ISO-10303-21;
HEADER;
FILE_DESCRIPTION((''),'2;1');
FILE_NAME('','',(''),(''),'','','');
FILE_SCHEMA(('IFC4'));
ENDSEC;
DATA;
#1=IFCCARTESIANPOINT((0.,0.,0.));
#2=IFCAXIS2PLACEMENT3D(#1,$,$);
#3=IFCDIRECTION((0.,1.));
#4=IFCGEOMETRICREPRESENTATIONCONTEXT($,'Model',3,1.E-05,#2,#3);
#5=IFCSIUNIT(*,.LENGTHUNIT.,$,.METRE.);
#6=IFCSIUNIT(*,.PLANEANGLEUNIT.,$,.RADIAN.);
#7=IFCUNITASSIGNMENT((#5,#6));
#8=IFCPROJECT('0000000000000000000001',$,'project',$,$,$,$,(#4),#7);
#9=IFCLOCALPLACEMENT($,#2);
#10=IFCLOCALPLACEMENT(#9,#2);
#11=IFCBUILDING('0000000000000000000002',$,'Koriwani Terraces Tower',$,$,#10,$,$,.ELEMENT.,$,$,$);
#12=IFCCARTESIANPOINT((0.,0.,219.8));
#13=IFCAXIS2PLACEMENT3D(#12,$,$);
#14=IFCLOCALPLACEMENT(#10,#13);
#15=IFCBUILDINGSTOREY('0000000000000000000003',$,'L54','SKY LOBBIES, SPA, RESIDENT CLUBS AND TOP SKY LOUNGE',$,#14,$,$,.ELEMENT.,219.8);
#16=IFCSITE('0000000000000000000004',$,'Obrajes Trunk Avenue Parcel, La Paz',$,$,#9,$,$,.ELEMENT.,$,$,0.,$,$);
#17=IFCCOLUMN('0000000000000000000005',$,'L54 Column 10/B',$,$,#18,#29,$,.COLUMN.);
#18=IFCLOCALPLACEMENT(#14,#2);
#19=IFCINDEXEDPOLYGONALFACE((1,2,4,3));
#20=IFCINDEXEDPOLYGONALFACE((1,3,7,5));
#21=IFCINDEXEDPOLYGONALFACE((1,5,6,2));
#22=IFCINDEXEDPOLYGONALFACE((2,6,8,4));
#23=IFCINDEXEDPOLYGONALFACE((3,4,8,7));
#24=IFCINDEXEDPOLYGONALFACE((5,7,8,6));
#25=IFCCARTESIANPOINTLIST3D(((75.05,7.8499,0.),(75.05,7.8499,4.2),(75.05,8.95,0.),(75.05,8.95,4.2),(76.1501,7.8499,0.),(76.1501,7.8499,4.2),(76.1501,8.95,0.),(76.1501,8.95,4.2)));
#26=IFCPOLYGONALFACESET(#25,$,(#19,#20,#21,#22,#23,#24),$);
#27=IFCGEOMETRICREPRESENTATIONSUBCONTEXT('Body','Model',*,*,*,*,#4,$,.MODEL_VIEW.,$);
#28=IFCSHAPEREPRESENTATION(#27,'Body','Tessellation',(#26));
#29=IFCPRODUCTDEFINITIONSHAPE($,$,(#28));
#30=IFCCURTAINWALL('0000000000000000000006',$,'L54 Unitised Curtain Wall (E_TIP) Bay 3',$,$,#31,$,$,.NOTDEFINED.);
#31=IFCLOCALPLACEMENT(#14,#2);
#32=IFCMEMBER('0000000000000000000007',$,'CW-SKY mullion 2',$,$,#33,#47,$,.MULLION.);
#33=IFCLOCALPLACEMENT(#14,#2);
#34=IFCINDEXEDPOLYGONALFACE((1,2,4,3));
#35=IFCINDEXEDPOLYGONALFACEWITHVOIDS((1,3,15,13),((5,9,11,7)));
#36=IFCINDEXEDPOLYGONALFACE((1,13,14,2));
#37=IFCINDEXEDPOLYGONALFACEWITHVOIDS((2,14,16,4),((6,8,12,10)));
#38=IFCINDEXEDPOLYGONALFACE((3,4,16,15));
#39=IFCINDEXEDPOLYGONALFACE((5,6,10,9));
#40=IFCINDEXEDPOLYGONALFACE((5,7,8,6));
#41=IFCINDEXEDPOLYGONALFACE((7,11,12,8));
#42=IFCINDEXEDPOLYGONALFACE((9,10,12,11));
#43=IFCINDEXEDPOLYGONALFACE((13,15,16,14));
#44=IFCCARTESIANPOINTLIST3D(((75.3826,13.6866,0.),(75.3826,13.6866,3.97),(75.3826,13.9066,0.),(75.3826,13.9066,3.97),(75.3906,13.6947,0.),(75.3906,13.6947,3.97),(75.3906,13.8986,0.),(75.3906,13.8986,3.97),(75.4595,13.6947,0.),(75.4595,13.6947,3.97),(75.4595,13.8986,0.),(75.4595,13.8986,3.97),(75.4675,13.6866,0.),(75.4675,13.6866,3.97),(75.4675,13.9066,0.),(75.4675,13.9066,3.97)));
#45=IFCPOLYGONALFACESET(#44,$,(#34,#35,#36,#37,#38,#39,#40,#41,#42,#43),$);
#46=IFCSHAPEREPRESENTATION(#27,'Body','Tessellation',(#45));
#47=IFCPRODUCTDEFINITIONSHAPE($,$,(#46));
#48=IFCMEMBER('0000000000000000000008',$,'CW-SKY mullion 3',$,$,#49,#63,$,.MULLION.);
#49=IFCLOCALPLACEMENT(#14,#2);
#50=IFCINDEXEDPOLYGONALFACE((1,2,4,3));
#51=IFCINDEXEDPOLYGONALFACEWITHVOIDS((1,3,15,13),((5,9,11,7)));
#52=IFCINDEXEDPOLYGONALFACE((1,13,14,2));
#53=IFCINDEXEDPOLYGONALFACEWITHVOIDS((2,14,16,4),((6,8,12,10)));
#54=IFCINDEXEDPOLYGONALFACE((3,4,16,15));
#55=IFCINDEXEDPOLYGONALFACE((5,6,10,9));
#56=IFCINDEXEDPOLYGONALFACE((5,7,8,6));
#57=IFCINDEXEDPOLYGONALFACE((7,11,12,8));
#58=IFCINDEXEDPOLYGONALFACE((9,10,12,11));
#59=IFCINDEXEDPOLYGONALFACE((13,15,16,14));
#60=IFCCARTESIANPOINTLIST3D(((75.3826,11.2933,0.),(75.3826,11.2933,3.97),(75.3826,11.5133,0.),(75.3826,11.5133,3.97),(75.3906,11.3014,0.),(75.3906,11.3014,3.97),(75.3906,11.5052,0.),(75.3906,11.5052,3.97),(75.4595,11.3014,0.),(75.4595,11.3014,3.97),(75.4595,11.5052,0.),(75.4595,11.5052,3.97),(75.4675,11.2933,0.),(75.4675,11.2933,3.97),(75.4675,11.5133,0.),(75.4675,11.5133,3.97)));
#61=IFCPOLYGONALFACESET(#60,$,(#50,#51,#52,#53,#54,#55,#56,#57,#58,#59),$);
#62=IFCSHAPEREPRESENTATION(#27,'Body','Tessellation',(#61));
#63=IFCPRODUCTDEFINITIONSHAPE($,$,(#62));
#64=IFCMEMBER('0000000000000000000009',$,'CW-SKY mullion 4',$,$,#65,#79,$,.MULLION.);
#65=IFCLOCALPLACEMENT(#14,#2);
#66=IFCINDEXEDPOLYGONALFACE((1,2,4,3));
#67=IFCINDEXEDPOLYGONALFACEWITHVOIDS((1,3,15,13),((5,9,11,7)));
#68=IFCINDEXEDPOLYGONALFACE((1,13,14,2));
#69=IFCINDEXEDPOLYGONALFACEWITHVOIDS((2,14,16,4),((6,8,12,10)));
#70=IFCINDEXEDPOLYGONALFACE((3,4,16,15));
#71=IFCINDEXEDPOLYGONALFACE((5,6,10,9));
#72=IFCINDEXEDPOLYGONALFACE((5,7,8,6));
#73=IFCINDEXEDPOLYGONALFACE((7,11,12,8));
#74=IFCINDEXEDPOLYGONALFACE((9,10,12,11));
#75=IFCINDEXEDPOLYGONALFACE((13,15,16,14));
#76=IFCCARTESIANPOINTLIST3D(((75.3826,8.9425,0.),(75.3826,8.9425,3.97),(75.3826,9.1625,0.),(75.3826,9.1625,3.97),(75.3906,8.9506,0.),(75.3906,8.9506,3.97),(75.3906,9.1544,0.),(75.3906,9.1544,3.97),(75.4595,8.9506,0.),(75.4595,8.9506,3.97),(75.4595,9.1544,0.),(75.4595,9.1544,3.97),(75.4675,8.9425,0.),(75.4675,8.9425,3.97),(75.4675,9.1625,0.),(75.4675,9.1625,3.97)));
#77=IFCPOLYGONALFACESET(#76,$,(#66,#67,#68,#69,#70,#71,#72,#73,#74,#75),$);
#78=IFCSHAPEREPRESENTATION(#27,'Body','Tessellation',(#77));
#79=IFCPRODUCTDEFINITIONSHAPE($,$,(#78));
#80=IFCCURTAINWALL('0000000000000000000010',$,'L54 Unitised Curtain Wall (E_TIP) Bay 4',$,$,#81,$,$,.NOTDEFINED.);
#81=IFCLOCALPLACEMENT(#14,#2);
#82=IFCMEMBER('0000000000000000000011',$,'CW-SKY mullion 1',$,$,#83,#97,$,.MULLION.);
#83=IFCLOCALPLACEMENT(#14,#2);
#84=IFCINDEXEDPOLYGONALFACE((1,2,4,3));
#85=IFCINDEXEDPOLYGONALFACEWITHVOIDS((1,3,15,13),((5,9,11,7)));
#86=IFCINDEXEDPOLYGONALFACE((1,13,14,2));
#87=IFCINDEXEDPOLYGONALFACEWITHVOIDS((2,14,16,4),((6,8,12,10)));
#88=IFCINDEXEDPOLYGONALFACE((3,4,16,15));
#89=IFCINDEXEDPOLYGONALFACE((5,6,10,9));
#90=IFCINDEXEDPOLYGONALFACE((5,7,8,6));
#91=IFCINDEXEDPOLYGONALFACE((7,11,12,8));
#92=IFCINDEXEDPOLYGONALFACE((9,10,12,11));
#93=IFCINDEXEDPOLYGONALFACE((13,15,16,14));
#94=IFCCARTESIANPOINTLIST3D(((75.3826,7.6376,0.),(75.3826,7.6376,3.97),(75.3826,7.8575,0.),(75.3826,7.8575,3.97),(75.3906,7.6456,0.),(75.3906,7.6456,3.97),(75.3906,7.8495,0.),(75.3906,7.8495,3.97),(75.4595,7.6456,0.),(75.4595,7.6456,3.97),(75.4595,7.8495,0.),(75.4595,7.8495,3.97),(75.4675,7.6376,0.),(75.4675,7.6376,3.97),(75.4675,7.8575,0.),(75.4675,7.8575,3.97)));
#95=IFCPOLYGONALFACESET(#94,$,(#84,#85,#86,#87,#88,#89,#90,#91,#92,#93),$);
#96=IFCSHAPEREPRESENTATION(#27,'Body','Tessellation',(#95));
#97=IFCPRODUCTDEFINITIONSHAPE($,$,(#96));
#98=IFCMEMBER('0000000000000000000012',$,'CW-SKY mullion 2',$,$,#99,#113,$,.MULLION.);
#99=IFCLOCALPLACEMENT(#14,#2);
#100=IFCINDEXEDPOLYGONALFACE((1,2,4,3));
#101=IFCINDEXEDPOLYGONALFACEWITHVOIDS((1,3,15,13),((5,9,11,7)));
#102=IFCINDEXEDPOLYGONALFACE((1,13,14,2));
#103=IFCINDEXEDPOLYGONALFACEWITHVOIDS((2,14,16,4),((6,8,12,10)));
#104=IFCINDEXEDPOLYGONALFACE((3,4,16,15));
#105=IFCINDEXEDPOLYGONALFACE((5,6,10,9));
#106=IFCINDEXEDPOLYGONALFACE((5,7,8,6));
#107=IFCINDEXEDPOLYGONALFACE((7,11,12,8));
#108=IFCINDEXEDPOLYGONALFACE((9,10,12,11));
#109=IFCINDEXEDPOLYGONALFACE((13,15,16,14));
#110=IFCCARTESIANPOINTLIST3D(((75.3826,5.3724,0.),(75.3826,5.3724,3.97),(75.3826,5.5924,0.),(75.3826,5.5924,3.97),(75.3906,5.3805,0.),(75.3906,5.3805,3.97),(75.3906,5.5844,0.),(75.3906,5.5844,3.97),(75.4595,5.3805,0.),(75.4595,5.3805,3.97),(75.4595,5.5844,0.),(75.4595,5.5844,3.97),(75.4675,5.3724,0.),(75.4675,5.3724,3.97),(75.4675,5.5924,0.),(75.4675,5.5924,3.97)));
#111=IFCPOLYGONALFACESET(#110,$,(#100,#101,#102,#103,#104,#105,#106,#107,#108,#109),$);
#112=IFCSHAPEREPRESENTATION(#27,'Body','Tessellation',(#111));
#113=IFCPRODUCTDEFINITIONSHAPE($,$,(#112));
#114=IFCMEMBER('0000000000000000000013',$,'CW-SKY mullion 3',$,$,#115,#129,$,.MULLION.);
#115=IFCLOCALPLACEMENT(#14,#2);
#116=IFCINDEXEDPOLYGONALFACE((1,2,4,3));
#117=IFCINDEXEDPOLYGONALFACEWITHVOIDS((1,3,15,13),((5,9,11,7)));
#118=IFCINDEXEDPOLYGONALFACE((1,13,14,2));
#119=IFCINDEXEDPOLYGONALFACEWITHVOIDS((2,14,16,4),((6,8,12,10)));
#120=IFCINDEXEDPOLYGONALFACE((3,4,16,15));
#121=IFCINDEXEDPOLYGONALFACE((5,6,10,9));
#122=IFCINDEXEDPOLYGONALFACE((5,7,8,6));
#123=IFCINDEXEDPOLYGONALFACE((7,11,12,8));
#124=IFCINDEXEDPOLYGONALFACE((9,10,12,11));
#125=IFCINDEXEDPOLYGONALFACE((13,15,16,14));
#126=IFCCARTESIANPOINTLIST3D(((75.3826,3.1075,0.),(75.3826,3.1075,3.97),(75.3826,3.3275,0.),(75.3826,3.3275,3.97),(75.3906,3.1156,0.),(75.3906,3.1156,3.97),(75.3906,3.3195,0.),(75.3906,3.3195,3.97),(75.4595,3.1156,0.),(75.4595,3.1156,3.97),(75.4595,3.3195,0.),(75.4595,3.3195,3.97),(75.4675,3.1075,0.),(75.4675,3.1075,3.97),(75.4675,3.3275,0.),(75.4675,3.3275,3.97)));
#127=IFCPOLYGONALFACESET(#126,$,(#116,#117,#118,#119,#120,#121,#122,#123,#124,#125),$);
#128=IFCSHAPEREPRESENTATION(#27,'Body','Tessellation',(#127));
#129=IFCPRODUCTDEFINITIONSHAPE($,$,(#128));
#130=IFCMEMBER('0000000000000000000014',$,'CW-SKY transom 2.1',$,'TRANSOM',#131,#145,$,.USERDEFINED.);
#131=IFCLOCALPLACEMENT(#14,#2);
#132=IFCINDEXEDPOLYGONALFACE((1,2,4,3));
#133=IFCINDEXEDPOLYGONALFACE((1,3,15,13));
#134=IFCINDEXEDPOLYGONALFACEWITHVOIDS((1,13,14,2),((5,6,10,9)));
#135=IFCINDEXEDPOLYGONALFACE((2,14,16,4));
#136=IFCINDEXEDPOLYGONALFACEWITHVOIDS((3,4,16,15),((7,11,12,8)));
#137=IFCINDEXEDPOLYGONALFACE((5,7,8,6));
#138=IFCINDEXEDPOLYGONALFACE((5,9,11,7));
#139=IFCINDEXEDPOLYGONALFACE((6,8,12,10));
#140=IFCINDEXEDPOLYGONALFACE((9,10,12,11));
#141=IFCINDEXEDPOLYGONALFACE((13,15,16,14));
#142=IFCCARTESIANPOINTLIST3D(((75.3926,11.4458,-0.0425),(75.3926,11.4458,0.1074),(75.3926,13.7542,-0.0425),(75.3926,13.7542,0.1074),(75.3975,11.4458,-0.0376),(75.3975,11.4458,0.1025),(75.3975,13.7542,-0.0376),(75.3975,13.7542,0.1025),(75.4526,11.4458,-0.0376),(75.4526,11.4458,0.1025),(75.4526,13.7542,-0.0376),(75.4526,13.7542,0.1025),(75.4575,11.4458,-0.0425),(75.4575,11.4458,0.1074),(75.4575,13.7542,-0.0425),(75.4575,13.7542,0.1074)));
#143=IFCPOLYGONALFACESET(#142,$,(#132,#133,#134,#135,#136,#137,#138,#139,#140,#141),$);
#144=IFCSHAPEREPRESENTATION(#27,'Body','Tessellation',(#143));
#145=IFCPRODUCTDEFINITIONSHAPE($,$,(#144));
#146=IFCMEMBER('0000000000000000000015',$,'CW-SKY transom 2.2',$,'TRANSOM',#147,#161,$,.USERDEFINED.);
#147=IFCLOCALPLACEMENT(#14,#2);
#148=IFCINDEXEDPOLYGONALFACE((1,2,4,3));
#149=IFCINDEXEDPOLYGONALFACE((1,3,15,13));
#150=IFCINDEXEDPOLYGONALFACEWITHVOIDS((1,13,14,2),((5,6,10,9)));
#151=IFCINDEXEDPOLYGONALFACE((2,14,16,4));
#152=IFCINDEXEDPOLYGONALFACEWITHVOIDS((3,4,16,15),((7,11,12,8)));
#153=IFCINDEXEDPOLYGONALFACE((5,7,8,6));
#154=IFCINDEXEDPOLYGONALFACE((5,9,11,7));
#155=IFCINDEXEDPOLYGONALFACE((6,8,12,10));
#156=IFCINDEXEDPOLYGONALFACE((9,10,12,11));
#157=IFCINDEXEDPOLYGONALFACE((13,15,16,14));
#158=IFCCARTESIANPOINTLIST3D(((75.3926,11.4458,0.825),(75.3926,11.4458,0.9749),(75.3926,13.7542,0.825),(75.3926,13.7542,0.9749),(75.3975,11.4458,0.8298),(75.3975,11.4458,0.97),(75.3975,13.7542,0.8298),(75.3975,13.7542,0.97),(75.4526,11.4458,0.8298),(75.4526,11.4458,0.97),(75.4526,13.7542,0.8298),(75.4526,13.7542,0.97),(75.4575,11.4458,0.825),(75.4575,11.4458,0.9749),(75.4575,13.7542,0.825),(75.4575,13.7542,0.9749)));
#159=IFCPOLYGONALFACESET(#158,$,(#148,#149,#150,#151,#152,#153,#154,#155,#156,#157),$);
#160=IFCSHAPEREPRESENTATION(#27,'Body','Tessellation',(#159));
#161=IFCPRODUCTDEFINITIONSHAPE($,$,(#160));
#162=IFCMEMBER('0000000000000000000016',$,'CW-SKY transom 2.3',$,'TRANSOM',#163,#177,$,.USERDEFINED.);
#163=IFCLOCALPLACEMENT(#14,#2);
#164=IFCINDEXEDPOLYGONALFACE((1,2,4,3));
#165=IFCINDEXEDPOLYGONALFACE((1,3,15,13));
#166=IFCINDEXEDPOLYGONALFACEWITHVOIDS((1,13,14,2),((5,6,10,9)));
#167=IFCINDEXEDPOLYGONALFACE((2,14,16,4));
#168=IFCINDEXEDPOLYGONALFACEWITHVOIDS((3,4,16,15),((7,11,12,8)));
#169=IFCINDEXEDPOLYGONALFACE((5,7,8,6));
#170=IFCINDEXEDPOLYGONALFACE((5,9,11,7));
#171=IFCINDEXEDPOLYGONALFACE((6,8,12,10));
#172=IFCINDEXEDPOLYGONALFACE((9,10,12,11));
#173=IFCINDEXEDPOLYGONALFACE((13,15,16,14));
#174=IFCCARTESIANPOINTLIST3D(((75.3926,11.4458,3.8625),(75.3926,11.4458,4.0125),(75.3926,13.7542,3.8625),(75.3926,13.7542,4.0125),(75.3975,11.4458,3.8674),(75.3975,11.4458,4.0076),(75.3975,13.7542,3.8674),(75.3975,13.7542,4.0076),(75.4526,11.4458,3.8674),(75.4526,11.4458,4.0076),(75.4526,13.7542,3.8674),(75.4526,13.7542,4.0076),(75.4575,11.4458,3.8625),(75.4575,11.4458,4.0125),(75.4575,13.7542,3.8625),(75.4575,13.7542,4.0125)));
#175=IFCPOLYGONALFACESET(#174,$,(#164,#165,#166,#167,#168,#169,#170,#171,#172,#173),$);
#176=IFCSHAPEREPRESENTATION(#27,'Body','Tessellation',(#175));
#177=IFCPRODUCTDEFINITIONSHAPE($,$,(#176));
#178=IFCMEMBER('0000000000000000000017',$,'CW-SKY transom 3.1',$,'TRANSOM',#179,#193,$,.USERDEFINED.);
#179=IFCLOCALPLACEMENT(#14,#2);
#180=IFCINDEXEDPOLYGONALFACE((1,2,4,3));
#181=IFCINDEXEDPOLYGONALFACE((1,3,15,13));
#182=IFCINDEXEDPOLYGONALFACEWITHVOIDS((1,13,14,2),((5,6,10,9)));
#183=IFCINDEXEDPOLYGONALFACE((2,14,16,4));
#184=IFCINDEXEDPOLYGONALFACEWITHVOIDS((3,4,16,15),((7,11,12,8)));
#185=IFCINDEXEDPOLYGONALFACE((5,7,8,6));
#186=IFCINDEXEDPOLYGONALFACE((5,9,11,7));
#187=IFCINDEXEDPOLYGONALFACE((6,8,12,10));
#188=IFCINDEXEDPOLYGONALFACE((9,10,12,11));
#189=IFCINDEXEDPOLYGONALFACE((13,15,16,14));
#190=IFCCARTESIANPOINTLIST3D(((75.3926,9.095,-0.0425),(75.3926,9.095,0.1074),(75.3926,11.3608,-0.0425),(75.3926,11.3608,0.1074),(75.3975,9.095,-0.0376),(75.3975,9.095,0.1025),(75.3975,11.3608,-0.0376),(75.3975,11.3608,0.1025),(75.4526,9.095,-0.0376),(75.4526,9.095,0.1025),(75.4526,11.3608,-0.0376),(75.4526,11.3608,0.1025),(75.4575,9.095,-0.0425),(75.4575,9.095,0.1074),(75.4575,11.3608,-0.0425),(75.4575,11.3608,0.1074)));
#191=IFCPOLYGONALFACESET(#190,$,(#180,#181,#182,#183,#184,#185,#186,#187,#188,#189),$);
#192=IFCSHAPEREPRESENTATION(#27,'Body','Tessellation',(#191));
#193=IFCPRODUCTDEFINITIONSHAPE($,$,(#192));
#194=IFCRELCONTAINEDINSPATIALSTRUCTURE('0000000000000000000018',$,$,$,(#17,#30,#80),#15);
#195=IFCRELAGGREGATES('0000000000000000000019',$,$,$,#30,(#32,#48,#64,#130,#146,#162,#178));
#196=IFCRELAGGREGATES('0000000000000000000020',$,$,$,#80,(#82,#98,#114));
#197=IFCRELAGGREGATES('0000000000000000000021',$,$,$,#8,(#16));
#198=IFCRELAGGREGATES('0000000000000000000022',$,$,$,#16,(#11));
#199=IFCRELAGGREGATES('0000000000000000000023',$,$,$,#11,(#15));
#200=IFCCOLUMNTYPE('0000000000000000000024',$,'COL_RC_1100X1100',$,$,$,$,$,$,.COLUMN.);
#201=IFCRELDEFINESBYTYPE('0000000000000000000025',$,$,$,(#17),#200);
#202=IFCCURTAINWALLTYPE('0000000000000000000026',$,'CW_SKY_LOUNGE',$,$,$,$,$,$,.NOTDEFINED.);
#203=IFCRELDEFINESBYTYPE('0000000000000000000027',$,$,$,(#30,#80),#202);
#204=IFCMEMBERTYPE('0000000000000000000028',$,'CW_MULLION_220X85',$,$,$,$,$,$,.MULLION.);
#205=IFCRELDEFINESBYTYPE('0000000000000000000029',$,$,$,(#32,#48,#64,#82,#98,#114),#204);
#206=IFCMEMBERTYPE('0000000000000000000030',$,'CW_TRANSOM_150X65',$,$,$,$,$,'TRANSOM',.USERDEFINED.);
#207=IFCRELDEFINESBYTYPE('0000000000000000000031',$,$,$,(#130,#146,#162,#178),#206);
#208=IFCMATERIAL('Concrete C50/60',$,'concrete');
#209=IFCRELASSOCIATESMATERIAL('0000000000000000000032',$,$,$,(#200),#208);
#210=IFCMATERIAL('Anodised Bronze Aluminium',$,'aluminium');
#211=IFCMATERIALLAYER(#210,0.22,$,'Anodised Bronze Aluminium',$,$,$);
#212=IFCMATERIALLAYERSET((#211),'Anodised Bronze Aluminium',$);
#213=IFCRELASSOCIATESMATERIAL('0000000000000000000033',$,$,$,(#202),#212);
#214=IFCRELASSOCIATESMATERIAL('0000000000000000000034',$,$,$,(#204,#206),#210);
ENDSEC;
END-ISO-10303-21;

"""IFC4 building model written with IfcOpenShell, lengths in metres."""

from ifc_helpers import new_model, si_unit, direction, frame, origin, origin_2d, place, context, subcontext, project, spatial, rectangle, hollow_rectangle, extrude, material, layer, layer_set, material_profile, profile_set, type_object, element, aggregate, save


model = new_model("IFC4")

# Units and contexts
model_context = context("Model", 3, precision=1e-05, world=origin(), true_north=direction((0.0, 1.0)))
body_context = subcontext(model_context, "Body", "Model", "MODEL_VIEW")
ifc_project = project(units=[si_unit("LENGTHUNIT", "METRE"), si_unit("PLANEANGLEUNIT", "RADIAN")], contexts=[model_context])

# Site, building, storey
site_placement = place(None, origin())
site = spatial("IfcSite", under=ifc_project, at=site_placement, Name="Obrajes Trunk Avenue Parcel, La Paz", CompositionType="ELEMENT", RefElevation=0.0)
building_placement = place(site_placement, origin())
building = spatial("IfcBuilding", under=site, at=building_placement, Name="Koriwani Terraces Tower", CompositionType="ELEMENT")
storey_placement = place(building_placement, frame((0.0, 0.0, 219.8)))
storey = spatial("IfcBuildingStorey", under=building, at=storey_placement, Name="L54", Description="SKY LOBBIES, SPA, RESIDENT CLUBS AND TOP SKY LOUNGE", CompositionType="ELEMENT", Elevation=219.8)

# Column
ifc_material_1 = material(Name="Concrete C50/60", Category="concrete")
ifc_material_profile_1 = material_profile(ifc_material_1, rectangle(XDim=1.1001, YDim=1.1001, at=origin_2d()), Name="Concrete C50/60", Category="LoadBearing")
ifc_profile_set_1 = profile_set([ifc_material_profile_1], Name="Concrete C50/60")
column_type = type_object("IfcColumnType", Name="COL_RC_1100X1100", PredefinedType="COLUMN", material=ifc_profile_set_1)
column_placement = place(storey_placement, frame((75.6001, 8.3999, 0.0), z_axis=(0.0, 0.0, 1.0), x_axis=(1.0, 0.0, 0.0)))
element("IfcColumn", 1, at=column_placement, inside=storey, type_object=column_type, Name="L54 Column 10/B", PredefinedType="COLUMN", context=body_context, shape_type="SweptSolid", body=[
    extrude(rectangle(XDim=1.1001, YDim=1.1001, at=origin_2d()), origin(), (0.0, 0.0, 1.0), 4.2),
])

# Curtain walls, members
ifc_material_2 = material(Name="Anodised Bronze Aluminium", Category="aluminium")
ifc_layer_1 = layer(ifc_material_2, 0.22, Name="Anodised Bronze Aluminium")
ifc_layer_set_1 = layer_set([ifc_layer_1], Name="Anodised Bronze Aluminium")
curtain_wall_type = type_object("IfcCurtainWallType", Name="CW_SKY_LOUNGE", PredefinedType="NOTDEFINED", material=ifc_layer_set_1)
curtain_wall_1_placement = place(storey_placement, origin())
curtain_wall_1 = element("IfcCurtainWall", 2, at=curtain_wall_1_placement, inside=storey, type_object=curtain_wall_type, Name="L54 Unitised Curtain Wall (E_TIP) Bay 3", PredefinedType="NOTDEFINED")
ifc_material_profile_2 = material_profile(ifc_material_2, hollow_rectangle(XDim=0.085, YDim=0.22, WallThickness=0.0081, at=origin_2d()), Name="Anodised Bronze Aluminium", Category="LoadBearing")
ifc_profile_set_2 = profile_set([ifc_material_profile_2], Name="Anodised Bronze Aluminium")
member_type_1 = type_object("IfcMemberType", Name="CW_MULLION_220X85", PredefinedType="MULLION", material=ifc_profile_set_2)
member_1_placement = place(storey_placement, frame((75.425, 13.7966, 0.0), z_axis=(0.0, 0.0, 1.0), x_axis=(1.0, 0.0, 0.0)))
member_1 = element("IfcMember", 3, at=member_1_placement, type_object=member_type_1, Name="CW-SKY mullion 2", PredefinedType="MULLION", context=body_context, shape_type="SweptSolid", body=[
    extrude(hollow_rectangle(XDim=0.085, YDim=0.22, WallThickness=0.0081, at=origin_2d()), origin(), (0.0, 0.0, 1.0), 3.97),
])
member_2_placement = place(storey_placement, frame((75.425, 11.4033, 0.0), z_axis=(0.0, 0.0, 1.0), x_axis=(1.0, 0.0, 0.0)))
member_2 = element("IfcMember", 4, at=member_2_placement, type_object=member_type_1, Name="CW-SKY mullion 3", PredefinedType="MULLION", context=body_context, shape_type="SweptSolid", body=[
    extrude(hollow_rectangle(XDim=0.085, YDim=0.22, WallThickness=0.0081, at=origin_2d()), origin(), (0.0, 0.0, 1.0), 3.97),
])
member_3_placement = place(storey_placement, frame((75.425, 9.0525, 0.0), z_axis=(0.0, 0.0, 1.0), x_axis=(1.0, 0.0, 0.0)))
member_3 = element("IfcMember", 5, at=member_3_placement, type_object=member_type_1, Name="CW-SKY mullion 4", PredefinedType="MULLION", context=body_context, shape_type="SweptSolid", body=[
    extrude(hollow_rectangle(XDim=0.085, YDim=0.22, WallThickness=0.0081, at=origin_2d()), origin(), (0.0, 0.0, 1.0), 3.97),
])
curtain_wall_2_placement = place(storey_placement, origin())
curtain_wall_2 = element("IfcCurtainWall", 6, at=curtain_wall_2_placement, inside=storey, type_object=curtain_wall_type, Name="L54 Unitised Curtain Wall (E_TIP) Bay 4", PredefinedType="NOTDEFINED")
member_4_placement = place(storey_placement, frame((75.425, 7.7476, 0.0), z_axis=(0.0, 0.0, 1.0), x_axis=(1.0, 0.0, 0.0)))
member_4 = element("IfcMember", 7, at=member_4_placement, type_object=member_type_1, Name="CW-SKY mullion 1", PredefinedType="MULLION", context=body_context, shape_type="SweptSolid", body=[
    extrude(hollow_rectangle(XDim=0.085, YDim=0.22, WallThickness=0.0081, at=origin_2d()), origin(), (0.0, 0.0, 1.0), 3.97),
])
member_5_placement = place(storey_placement, frame((75.425, 5.4824, 0.0), z_axis=(0.0, 0.0, 1.0), x_axis=(1.0, 0.0, 0.0)))
member_5 = element("IfcMember", 8, at=member_5_placement, type_object=member_type_1, Name="CW-SKY mullion 2", PredefinedType="MULLION", context=body_context, shape_type="SweptSolid", body=[
    extrude(hollow_rectangle(XDim=0.085, YDim=0.22, WallThickness=0.0081, at=origin_2d()), origin(), (0.0, 0.0, 1.0), 3.97),
])
member_6_placement = place(storey_placement, frame((75.425, 3.2175, 0.0), z_axis=(0.0, 0.0, 1.0), x_axis=(1.0, 0.0, 0.0)))
member_6 = element("IfcMember", 9, at=member_6_placement, type_object=member_type_1, Name="CW-SKY mullion 3", PredefinedType="MULLION", context=body_context, shape_type="SweptSolid", body=[
    extrude(hollow_rectangle(XDim=0.085, YDim=0.22, WallThickness=0.0081, at=origin_2d()), origin(), (0.0, 0.0, 1.0), 3.97),
])

# Members
ifc_material_profile_3 = material_profile(ifc_material_2, hollow_rectangle(XDim=0.0649, YDim=0.1499, WallThickness=0.0049, at=origin_2d()), Name="Anodised Bronze Aluminium", Category="LoadBearing")
ifc_profile_set_3 = profile_set([ifc_material_profile_3], Name="Anodised Bronze Aluminium")
member_type_2 = type_object("IfcMemberType", Name="CW_TRANSOM_150X65", ElementType="TRANSOM", PredefinedType="USERDEFINED", material=ifc_profile_set_3)
member_7_placement = place(storey_placement, frame((75.425, 13.7542, 0.0325), z_axis=(0.0, -1.0, 0.0), x_axis=(1.0, 0.0, 0.0)))
member_7 = element("IfcMember", 10, at=member_7_placement, type_object=member_type_2, Name="CW-SKY transom 2.1", ObjectType="TRANSOM", PredefinedType="USERDEFINED", context=body_context, shape_type="SweptSolid", body=[
    extrude(hollow_rectangle(XDim=0.0649, YDim=0.1499, WallThickness=0.0049, at=origin_2d()), origin(), (0.0, 0.0, 1.0), 2.3083),
])
member_8_placement = place(storey_placement, frame((75.425, 13.7542, 0.8999), z_axis=(0.0, -1.0, 0.0), x_axis=(1.0, 0.0, 0.0)))
member_8 = element("IfcMember", 11, at=member_8_placement, type_object=member_type_2, Name="CW-SKY transom 2.2", ObjectType="TRANSOM", PredefinedType="USERDEFINED", context=body_context, shape_type="SweptSolid", body=[
    extrude(hollow_rectangle(XDim=0.0649, YDim=0.1499, WallThickness=0.0049, at=origin_2d()), origin(), (0.0, 0.0, 1.0), 2.3083),
])
member_9_placement = place(storey_placement, frame((75.425, 13.7542, 3.9375), z_axis=(0.0, -1.0, 0.0), x_axis=(1.0, 0.0, 0.0)))
member_9 = element("IfcMember", 12, at=member_9_placement, type_object=member_type_2, Name="CW-SKY transom 2.3", ObjectType="TRANSOM", PredefinedType="USERDEFINED", context=body_context, shape_type="SweptSolid", body=[
    extrude(hollow_rectangle(XDim=0.0649, YDim=0.1499, WallThickness=0.0049, at=origin_2d()), origin(), (0.0, 0.0, 1.0), 2.3083),
])
member_10_placement = place(storey_placement, frame((75.425, 11.3608, 0.0325), z_axis=(0.0, -1.0, 0.0), x_axis=(1.0, 0.0, 0.0)))
member_10 = element("IfcMember", 13, at=member_10_placement, type_object=member_type_2, Name="CW-SKY transom 3.1", ObjectType="TRANSOM", PredefinedType="USERDEFINED", context=body_context, shape_type="SweptSolid", body=[
    extrude(hollow_rectangle(XDim=0.0649, YDim=0.1499, WallThickness=0.0049, at=origin_2d()), origin(), (0.0, 0.0, 1.0), 2.2659),
])

aggregate(curtain_wall_1, [member_1, member_2, member_3, member_7, member_8, member_9, member_10])
aggregate(curtain_wall_2, [member_4, member_5, member_6])

save(model, "model.ifc")
